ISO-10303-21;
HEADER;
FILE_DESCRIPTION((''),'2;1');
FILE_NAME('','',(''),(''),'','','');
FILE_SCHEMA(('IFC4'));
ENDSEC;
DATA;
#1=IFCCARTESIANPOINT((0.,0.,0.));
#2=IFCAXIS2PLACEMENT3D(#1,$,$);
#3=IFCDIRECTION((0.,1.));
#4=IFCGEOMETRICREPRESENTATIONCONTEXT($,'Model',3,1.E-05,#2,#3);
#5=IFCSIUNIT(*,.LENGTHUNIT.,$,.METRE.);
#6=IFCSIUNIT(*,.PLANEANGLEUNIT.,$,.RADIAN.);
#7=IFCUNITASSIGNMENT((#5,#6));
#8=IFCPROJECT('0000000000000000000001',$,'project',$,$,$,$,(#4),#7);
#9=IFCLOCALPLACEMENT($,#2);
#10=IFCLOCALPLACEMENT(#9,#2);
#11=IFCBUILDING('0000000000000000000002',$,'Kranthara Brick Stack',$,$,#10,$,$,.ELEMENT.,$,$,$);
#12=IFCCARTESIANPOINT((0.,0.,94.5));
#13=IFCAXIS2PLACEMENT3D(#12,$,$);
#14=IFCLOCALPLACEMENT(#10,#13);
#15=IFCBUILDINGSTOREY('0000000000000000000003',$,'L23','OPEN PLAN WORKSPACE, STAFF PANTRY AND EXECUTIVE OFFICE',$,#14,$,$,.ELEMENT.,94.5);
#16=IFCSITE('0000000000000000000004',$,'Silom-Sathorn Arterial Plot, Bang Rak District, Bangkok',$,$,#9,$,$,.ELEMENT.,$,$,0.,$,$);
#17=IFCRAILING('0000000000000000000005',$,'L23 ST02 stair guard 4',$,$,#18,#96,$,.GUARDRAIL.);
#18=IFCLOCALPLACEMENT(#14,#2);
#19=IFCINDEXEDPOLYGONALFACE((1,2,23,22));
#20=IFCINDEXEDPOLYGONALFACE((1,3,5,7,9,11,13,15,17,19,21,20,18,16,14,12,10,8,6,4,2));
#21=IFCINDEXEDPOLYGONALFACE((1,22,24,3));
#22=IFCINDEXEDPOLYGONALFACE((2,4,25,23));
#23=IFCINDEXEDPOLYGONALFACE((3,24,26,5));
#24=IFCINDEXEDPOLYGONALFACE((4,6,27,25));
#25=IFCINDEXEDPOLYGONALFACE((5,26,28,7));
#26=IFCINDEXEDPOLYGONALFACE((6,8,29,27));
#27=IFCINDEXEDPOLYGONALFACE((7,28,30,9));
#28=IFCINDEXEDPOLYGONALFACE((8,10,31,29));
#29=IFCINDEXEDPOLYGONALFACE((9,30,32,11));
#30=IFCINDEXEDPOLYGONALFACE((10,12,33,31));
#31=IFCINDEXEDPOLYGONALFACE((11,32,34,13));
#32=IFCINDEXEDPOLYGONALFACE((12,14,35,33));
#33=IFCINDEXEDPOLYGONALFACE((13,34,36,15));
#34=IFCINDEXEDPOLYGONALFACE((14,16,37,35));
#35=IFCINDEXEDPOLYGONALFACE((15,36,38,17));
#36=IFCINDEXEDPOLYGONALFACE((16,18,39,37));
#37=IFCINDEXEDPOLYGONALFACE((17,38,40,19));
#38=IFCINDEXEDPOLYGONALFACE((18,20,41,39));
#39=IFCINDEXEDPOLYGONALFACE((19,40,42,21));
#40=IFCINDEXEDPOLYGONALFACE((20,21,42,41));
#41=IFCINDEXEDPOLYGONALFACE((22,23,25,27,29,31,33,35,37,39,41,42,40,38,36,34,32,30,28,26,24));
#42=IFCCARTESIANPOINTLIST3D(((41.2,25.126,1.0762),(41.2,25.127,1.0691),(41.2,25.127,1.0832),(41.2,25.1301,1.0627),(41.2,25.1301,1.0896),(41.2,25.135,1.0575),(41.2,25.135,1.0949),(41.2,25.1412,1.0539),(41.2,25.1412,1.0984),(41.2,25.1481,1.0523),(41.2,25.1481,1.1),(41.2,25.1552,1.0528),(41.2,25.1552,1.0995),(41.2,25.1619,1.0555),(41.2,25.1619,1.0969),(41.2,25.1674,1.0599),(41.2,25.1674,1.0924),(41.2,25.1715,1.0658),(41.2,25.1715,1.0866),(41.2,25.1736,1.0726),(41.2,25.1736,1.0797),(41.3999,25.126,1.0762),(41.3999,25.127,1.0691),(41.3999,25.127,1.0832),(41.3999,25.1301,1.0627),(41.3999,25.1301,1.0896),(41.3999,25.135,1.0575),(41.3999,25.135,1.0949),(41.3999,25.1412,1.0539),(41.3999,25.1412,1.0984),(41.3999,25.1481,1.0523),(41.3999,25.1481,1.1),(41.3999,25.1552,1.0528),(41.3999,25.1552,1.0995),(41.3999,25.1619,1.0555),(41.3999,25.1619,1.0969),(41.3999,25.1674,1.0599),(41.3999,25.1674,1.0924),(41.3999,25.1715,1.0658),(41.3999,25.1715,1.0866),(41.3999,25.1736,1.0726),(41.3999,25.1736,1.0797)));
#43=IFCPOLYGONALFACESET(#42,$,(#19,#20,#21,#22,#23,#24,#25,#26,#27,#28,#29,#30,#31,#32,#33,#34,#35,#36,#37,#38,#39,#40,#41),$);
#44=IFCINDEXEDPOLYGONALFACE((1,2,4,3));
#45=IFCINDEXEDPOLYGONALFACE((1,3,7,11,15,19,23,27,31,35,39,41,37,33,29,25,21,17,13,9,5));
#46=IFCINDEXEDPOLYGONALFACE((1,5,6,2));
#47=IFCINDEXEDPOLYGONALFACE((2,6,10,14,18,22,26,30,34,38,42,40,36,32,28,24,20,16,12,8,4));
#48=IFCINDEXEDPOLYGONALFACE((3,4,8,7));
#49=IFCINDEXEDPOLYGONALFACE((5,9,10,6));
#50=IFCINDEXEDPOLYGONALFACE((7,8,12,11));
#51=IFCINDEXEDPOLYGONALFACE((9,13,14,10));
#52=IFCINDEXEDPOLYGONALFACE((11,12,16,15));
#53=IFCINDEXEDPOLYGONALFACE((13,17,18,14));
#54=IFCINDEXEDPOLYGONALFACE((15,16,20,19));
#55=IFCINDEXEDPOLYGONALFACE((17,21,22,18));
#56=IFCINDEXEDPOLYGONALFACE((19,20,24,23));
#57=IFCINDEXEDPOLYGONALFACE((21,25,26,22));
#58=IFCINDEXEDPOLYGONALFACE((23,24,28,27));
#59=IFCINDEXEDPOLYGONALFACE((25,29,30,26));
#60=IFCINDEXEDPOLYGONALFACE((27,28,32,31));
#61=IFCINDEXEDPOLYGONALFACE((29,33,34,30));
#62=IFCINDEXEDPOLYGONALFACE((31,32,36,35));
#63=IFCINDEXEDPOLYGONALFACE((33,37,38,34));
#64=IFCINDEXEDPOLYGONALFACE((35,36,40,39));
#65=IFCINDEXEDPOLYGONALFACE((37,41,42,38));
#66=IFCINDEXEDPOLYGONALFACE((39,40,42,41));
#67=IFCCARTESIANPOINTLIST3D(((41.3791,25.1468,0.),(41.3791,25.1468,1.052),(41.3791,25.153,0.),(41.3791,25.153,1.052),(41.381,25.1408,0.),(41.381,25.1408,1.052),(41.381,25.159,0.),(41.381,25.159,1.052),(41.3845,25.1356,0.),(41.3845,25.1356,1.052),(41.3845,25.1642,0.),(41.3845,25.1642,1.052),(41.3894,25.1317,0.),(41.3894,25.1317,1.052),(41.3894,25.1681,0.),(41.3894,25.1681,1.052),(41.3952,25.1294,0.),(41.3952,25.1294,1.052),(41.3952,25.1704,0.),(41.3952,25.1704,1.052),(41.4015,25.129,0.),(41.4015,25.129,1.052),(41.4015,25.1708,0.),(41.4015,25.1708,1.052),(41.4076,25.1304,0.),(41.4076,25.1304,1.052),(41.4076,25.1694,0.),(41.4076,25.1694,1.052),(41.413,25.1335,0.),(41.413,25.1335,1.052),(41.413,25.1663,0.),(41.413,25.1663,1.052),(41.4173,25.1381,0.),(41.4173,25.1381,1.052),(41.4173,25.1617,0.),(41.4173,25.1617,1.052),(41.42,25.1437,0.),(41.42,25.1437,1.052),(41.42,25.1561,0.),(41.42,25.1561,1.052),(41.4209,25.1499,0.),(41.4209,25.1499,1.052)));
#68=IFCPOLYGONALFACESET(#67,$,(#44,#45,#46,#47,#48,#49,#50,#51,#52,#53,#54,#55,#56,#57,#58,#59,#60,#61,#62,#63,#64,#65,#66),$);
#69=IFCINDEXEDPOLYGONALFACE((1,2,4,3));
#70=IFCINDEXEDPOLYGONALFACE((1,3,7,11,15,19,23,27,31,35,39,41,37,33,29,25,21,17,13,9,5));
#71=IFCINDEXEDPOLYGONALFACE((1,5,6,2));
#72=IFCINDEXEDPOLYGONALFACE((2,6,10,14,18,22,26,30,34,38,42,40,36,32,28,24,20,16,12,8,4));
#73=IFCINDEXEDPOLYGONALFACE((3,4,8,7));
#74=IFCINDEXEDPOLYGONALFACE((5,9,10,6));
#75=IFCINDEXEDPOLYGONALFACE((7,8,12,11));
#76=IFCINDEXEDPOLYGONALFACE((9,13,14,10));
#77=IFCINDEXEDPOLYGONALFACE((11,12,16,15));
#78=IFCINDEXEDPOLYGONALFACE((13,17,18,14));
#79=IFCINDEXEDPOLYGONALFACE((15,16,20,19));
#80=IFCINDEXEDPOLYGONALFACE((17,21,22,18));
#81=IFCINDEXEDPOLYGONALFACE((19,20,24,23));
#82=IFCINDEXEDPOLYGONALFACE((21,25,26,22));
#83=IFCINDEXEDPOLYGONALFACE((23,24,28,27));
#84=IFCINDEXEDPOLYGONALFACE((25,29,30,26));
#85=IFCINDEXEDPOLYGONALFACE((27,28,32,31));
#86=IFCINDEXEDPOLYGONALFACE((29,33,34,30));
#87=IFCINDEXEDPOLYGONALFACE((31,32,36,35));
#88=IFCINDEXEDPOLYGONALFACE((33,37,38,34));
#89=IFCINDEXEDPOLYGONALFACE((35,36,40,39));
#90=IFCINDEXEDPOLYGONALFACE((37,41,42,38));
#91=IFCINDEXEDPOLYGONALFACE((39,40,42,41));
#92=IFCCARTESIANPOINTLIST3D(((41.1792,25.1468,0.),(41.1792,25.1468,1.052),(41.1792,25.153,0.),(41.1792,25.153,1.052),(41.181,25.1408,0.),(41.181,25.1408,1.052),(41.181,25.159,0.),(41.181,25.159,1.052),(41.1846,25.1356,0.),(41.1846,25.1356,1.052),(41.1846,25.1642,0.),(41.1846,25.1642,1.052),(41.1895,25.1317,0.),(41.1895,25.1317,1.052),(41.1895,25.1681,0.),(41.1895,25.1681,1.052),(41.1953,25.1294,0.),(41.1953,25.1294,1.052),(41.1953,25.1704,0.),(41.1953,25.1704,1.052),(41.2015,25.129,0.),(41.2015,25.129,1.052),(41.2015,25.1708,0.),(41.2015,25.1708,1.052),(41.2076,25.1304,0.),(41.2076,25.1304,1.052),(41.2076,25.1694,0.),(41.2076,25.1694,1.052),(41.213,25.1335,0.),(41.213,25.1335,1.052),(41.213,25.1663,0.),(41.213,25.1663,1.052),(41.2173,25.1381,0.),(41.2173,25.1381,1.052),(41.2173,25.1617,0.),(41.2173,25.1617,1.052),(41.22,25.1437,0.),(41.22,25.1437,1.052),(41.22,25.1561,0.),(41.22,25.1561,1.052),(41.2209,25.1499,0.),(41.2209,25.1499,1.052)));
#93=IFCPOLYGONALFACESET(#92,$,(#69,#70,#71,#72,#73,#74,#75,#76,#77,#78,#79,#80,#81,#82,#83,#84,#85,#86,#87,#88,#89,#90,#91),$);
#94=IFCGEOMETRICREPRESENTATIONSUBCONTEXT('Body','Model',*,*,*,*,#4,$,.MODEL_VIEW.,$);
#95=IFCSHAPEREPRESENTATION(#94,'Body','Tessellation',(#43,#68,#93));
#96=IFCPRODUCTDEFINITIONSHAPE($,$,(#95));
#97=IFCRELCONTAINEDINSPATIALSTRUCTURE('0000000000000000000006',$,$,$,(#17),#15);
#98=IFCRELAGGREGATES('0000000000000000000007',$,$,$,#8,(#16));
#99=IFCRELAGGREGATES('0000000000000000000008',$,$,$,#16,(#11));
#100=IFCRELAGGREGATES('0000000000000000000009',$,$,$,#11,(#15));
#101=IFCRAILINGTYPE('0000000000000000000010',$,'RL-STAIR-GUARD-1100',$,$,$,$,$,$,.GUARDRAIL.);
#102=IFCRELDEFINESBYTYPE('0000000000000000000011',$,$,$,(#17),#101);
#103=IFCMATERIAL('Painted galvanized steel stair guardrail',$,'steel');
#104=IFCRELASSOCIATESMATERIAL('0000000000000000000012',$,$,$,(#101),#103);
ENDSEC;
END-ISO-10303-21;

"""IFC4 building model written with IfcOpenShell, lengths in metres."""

from ifc_helpers import new_model, si_unit, direction, frame, origin, origin_2d, place, context, subcontext, project, spatial, circle, extrude, material, type_object, element, save


model = new_model("IFC4")

# Units and contexts
model_context = context("Model", 3, precision=1e-05, world=origin(), true_north=direction((0.0, 1.0)))
body_context = subcontext(model_context, "Body", "Model", "MODEL_VIEW")
ifc_project = project(units=[si_unit("LENGTHUNIT", "METRE"), si_unit("PLANEANGLEUNIT", "RADIAN")], contexts=[model_context])

# Site, building, storey
site_placement = place(None, origin())
site = spatial("IfcSite", under=ifc_project, at=site_placement, Name="Silom-Sathorn Arterial Plot, Bang Rak District, Bangkok", CompositionType="ELEMENT", RefElevation=0.0)
building_placement = place(site_placement, origin())
building = spatial("IfcBuilding", under=site, at=building_placement, Name="Kranthara Brick Stack", CompositionType="ELEMENT")
storey_placement = place(building_placement, frame((0.0, 0.0, 94.5)))
storey = spatial("IfcBuildingStorey", under=building, at=storey_placement, Name="L23", Description="OPEN PLAN WORKSPACE, STAFF PANTRY AND EXECUTIVE OFFICE", CompositionType="ELEMENT", Elevation=94.5)

# Railing
ifc_material_1 = material(Name="Painted galvanized steel stair guardrail", Category="steel")
railing_type_1 = type_object("IfcRailingType", Name="RL-STAIR-GUARD-1100", PredefinedType="GUARDRAIL", material=ifc_material_1)
railing_1_placement = place(storey_placement, frame((41.3999, 25.1499, 0.0)))
element("IfcRailing", 1, at=railing_1_placement, inside=storey, type_object=railing_type_1, Name="L23 ST02 stair guard 4", PredefinedType="GUARDRAIL", context=body_context, shape_type="SweptSolid", body=[
    extrude(circle(Radius=0.0239, at=origin_2d()), frame((0.0, 0.0, 1.0762), z_axis=(-1.0, 0.0, 0.0), x_axis=(0.0, -1.0, 0.0)), (0.0, 0.0, 1.0), 0.2),
    extrude(circle(Radius=0.021, at=origin_2d()), origin(), (0.0, 0.0, 1.0), 1.052),
    extrude(circle(Radius=0.021, at=origin_2d()), frame((-0.2, 0.0, 0.0)), (0.0, 0.0, 1.0), 1.052),
])

save(model, "model.ifc")
